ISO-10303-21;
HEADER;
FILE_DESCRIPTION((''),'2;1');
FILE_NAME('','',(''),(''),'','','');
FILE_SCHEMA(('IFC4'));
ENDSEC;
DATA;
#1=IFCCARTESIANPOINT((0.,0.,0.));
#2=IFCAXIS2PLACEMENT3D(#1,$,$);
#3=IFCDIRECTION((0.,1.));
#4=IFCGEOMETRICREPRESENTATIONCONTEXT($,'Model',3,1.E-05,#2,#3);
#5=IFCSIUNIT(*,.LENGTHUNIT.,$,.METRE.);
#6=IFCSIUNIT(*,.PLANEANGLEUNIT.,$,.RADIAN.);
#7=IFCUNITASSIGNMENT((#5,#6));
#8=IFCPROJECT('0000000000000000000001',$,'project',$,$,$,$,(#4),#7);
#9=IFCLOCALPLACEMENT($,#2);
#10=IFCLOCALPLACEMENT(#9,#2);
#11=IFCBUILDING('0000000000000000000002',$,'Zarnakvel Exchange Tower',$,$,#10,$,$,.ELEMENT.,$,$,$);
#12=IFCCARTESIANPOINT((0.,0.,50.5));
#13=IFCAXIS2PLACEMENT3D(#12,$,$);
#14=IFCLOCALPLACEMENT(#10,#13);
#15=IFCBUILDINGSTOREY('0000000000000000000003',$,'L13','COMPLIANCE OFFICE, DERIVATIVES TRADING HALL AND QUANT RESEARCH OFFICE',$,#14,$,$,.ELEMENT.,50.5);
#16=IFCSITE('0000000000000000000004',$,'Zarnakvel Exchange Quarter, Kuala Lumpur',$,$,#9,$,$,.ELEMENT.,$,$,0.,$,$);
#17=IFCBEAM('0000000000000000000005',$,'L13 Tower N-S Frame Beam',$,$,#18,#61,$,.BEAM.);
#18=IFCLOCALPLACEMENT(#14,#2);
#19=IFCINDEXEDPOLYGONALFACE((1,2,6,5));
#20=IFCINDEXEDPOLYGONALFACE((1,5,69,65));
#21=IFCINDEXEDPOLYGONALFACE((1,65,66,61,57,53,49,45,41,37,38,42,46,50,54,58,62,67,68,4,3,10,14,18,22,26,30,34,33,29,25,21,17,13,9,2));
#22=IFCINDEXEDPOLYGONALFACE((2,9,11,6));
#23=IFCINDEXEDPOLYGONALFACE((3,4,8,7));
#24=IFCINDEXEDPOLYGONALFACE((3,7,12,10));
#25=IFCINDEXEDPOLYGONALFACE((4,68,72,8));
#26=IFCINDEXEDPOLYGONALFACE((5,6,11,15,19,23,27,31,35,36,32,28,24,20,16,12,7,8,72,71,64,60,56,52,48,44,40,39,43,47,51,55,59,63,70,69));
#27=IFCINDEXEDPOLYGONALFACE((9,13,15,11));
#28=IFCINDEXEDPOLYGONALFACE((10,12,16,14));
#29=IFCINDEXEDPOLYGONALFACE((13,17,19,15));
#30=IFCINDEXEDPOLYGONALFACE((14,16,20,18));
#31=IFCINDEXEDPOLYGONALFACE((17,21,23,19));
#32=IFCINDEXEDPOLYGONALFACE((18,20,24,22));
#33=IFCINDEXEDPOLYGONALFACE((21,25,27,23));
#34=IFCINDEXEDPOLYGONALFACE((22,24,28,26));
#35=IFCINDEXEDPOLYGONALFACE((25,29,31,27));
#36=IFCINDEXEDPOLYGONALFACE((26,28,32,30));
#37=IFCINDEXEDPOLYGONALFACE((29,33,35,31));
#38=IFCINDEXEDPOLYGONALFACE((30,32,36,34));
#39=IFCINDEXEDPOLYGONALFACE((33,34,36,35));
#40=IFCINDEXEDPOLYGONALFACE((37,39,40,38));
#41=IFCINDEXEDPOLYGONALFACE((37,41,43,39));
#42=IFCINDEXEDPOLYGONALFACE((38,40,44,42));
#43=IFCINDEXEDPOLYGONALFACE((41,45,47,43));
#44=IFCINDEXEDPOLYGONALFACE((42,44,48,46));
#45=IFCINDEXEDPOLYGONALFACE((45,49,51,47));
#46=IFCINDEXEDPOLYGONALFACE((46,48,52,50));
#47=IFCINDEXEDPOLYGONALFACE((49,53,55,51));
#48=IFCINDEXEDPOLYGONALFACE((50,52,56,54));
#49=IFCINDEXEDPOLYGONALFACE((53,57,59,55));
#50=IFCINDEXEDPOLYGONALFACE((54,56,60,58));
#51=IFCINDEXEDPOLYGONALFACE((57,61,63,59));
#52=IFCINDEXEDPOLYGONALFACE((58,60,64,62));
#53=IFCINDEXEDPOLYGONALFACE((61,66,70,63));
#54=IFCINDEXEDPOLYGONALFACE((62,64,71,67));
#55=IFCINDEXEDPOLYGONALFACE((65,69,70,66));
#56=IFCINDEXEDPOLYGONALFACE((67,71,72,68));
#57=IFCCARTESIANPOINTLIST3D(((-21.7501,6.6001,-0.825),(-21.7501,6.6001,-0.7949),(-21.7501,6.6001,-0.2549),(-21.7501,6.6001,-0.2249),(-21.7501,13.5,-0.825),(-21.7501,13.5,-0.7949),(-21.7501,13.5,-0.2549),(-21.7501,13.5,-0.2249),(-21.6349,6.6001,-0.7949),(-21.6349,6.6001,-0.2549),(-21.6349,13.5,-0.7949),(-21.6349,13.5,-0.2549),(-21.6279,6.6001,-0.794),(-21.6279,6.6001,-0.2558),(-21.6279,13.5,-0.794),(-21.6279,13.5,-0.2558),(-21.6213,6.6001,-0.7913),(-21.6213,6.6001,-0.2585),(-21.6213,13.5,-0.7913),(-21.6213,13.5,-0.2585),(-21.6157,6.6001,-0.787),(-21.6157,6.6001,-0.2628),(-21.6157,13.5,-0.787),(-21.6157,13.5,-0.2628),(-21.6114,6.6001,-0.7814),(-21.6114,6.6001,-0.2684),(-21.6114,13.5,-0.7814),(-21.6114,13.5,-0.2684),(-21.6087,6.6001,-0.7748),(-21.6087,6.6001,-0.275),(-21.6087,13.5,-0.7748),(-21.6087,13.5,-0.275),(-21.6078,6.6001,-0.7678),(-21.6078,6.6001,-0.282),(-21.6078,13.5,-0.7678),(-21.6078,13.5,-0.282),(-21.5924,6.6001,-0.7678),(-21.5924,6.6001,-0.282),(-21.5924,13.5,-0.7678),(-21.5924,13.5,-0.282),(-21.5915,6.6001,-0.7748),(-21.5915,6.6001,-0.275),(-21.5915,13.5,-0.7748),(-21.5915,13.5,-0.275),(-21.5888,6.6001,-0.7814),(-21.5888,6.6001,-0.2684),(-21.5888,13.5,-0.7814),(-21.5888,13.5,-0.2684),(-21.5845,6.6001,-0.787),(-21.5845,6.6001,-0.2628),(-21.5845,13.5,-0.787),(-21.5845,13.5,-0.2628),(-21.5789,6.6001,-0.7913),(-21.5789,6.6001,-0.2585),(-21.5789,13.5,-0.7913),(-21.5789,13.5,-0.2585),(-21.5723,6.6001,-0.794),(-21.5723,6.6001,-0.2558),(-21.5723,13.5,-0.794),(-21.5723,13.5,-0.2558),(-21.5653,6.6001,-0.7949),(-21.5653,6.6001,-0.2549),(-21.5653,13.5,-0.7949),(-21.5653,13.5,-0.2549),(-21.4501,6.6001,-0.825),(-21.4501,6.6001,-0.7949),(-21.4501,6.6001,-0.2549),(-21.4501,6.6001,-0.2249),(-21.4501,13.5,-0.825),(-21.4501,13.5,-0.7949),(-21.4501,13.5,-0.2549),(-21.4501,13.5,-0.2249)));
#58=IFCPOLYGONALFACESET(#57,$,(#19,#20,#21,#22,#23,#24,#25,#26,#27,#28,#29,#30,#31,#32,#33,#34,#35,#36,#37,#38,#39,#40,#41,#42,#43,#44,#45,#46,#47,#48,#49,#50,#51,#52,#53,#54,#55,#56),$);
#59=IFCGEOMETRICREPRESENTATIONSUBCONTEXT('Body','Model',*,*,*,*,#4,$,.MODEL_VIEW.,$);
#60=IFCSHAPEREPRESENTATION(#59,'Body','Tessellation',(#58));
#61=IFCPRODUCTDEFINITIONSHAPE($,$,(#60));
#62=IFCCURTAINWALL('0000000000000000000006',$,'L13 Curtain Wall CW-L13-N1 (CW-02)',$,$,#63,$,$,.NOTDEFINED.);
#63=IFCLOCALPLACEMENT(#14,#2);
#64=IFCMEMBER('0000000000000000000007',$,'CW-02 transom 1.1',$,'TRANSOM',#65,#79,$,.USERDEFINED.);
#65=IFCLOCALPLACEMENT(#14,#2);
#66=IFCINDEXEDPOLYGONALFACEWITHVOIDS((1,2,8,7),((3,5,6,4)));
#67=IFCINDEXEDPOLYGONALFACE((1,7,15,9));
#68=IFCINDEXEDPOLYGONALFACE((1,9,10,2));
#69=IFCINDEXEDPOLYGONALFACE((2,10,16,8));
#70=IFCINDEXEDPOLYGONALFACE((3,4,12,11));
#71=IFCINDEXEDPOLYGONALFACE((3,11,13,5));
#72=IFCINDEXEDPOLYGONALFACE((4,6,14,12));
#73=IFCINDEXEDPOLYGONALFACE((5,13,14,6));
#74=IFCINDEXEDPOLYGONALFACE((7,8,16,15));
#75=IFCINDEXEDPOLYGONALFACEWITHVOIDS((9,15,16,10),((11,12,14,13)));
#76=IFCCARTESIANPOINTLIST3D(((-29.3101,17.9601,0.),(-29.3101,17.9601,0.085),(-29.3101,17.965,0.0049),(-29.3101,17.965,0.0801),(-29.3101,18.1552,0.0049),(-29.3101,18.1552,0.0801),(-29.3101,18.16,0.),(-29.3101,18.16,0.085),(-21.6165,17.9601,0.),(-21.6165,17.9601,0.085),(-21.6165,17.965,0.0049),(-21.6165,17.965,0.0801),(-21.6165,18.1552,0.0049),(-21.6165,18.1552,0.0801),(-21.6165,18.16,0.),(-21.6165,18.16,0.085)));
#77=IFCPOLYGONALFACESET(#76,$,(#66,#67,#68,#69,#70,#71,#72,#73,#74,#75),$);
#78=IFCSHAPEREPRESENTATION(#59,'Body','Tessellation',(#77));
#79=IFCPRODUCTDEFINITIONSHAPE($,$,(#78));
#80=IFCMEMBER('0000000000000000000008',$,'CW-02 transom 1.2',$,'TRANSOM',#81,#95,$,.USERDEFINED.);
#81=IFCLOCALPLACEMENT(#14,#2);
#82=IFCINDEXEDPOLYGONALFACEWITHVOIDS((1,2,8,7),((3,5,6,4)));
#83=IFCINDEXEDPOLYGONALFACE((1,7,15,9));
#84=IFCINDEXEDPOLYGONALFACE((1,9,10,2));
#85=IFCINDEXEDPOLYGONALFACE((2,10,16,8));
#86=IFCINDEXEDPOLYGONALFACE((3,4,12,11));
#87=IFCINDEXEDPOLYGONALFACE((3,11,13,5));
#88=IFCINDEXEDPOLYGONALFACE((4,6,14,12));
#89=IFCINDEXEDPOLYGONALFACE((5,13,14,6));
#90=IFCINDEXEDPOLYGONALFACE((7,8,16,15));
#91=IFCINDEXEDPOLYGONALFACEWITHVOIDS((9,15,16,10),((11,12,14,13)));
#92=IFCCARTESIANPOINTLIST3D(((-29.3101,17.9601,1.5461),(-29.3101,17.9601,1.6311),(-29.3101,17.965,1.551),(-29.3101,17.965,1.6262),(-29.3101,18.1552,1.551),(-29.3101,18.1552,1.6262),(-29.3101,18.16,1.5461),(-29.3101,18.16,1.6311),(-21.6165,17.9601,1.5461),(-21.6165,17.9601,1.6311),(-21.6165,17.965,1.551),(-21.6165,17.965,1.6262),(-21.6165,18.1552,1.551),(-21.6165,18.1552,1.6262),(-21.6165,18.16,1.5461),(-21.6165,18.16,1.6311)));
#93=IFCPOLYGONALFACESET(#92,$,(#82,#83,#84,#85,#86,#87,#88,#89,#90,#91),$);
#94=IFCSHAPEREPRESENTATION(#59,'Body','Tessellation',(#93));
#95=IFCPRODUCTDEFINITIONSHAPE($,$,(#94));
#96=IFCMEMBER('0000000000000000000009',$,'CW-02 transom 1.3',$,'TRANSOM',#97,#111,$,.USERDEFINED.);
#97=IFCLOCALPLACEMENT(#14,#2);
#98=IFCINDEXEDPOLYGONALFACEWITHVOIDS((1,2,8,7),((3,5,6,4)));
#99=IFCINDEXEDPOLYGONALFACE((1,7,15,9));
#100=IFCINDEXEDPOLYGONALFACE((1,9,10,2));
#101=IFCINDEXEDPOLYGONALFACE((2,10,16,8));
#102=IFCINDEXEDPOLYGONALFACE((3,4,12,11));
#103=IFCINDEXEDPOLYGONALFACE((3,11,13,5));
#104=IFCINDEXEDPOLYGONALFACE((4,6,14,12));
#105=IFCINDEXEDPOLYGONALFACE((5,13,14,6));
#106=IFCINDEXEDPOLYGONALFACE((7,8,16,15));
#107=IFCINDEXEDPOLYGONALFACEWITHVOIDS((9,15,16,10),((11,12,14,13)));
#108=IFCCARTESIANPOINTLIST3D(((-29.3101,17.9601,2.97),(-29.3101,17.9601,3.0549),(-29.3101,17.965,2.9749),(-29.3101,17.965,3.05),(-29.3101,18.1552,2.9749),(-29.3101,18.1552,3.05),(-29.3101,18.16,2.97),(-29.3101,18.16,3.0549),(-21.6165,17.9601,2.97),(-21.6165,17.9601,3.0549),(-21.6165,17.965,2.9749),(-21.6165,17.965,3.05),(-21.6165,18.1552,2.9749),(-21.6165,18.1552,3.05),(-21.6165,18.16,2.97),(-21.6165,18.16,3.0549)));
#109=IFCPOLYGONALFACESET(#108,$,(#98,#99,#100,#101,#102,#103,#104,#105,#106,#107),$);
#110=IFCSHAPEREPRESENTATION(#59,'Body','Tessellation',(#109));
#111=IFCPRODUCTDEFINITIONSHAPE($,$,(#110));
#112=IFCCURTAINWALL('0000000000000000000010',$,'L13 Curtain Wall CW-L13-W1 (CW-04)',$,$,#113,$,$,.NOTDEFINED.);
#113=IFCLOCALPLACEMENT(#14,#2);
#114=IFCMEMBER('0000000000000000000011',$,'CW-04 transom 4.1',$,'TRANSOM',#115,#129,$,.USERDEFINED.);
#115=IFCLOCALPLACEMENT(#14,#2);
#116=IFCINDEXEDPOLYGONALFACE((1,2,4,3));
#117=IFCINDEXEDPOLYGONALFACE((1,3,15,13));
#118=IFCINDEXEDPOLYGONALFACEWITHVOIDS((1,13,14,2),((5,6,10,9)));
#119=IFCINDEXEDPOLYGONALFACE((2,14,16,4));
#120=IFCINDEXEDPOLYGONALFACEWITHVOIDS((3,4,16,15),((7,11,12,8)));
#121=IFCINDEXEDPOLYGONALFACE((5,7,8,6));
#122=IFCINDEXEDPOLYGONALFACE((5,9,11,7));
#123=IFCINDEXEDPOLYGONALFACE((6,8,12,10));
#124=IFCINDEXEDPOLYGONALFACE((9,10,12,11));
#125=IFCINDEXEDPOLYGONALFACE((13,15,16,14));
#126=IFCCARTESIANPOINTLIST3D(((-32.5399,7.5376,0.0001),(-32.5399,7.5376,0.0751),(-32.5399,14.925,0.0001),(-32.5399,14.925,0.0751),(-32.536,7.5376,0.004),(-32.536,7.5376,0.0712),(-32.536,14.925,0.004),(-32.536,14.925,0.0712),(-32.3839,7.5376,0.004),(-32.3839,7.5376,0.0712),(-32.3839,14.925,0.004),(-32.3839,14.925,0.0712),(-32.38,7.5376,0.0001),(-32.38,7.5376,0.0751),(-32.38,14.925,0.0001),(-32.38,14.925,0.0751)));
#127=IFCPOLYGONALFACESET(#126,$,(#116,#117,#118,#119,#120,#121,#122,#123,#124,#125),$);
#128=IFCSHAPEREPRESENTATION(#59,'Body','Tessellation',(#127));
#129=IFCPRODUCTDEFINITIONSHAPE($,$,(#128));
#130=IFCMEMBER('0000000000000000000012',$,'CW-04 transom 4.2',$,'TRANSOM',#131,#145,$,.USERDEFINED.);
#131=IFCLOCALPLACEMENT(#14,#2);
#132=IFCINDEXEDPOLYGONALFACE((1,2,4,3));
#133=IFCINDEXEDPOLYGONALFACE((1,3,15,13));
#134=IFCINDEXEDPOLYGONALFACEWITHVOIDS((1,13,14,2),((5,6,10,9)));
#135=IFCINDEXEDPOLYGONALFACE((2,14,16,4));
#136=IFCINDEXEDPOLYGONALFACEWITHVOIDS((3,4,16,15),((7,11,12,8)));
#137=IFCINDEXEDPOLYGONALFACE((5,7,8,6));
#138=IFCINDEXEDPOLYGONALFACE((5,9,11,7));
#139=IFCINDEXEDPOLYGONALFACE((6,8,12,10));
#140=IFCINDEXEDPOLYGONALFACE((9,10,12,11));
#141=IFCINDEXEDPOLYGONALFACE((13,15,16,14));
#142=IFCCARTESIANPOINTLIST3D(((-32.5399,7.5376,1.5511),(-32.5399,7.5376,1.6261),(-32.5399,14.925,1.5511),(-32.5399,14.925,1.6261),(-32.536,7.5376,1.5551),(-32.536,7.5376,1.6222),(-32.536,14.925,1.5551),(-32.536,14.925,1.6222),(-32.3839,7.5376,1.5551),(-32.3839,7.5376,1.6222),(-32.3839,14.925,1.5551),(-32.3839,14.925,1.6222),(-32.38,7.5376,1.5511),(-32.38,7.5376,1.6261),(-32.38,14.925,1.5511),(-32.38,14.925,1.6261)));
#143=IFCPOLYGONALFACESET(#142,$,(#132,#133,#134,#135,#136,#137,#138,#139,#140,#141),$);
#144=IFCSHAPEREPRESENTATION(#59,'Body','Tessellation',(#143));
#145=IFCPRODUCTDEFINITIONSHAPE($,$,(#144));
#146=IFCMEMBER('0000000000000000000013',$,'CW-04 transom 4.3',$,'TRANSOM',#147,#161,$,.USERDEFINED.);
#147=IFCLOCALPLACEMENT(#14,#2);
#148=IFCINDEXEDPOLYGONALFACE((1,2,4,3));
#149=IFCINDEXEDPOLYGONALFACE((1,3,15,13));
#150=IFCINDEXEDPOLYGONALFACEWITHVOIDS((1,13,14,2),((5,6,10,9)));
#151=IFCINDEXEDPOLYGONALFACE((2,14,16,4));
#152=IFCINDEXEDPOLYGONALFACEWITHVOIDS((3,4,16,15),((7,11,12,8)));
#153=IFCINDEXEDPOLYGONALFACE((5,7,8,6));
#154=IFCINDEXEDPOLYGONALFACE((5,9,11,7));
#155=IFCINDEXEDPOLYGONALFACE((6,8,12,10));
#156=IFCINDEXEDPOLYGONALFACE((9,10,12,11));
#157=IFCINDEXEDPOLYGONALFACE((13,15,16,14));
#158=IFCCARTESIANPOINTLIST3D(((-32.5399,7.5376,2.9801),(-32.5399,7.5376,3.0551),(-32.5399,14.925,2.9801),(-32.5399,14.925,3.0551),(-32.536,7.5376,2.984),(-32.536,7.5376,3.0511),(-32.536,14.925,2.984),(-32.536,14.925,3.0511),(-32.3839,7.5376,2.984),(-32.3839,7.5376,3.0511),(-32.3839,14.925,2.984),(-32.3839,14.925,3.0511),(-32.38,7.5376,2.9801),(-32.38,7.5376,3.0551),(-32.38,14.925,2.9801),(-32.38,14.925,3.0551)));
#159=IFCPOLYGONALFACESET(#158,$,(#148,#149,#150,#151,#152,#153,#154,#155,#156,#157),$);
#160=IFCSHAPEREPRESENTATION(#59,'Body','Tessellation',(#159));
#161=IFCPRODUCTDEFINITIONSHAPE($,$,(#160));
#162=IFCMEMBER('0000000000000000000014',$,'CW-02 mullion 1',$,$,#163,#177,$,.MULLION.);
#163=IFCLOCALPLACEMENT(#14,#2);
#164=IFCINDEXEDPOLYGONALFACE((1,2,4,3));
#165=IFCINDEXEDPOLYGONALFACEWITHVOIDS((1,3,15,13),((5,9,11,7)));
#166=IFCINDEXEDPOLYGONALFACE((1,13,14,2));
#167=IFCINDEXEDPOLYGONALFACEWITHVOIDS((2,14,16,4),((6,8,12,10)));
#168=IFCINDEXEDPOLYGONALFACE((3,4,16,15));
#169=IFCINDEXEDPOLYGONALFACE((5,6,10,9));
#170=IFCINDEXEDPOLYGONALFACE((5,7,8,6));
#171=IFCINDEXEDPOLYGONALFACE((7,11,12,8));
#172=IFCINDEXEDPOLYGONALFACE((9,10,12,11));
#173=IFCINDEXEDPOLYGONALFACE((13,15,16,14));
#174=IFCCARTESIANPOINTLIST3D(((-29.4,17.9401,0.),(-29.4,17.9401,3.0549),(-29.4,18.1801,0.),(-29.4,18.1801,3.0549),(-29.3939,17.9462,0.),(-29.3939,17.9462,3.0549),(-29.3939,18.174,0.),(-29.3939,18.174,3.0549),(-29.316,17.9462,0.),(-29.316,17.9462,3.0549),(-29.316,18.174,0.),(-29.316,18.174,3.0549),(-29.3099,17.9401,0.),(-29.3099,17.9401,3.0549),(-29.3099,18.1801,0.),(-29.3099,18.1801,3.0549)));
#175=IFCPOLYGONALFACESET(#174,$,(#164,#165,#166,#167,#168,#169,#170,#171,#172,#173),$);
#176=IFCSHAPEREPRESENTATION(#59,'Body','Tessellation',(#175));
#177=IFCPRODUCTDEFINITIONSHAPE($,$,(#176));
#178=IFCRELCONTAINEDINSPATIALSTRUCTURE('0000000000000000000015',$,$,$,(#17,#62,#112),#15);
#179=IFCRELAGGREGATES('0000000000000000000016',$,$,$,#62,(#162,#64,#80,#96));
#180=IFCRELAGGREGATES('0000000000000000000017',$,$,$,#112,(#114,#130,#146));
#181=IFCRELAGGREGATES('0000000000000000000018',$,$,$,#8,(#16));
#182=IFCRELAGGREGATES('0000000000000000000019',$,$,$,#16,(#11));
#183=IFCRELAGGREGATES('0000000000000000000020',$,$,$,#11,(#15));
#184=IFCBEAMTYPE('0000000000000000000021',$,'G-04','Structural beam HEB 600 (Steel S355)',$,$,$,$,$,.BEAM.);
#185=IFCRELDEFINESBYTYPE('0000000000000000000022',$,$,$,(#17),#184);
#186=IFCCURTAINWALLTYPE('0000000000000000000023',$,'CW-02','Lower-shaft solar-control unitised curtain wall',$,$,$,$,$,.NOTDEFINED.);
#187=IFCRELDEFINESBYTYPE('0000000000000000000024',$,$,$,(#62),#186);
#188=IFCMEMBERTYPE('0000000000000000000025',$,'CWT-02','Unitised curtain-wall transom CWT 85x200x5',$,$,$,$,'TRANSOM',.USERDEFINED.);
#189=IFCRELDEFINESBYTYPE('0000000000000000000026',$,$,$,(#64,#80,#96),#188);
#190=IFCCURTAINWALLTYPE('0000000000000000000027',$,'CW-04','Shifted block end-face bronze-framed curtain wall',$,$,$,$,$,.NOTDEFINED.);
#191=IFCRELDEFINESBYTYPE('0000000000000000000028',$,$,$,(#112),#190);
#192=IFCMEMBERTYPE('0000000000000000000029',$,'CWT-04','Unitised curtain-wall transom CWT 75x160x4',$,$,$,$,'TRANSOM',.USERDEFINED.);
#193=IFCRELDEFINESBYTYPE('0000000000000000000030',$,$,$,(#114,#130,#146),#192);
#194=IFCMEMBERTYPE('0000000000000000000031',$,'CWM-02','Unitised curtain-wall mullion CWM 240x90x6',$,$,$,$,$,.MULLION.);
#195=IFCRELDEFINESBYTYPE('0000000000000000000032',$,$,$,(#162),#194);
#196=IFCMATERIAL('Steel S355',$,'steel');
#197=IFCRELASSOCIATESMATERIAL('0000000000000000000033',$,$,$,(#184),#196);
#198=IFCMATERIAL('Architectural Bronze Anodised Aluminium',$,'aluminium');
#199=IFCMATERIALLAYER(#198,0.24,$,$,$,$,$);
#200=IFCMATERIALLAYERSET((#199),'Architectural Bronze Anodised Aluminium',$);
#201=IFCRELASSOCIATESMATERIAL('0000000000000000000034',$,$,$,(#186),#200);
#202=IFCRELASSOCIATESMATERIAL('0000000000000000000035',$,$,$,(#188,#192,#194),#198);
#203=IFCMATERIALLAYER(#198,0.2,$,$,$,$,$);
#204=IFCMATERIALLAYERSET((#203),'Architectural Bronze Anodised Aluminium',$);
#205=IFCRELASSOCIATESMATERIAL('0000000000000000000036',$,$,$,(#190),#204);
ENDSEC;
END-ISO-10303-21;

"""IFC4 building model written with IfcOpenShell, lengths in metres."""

from ifc_helpers import new_model, si_unit, direction, frame, origin, origin_2d, place, context, subcontext, project, spatial, hollow_rectangle, i_section, extrude, source, transform, mapped, material, layer, layer_set, material_profile, profile_set, type_object, element, aggregate, save


model = new_model("IFC4")

# Units and contexts
model_context = context("Model", 3, precision=1e-05, world=origin(), true_north=direction((0.0, 1.0)))
body_context = subcontext(model_context, "Body", "Model", "MODEL_VIEW")
ifc_project = project(units=[si_unit("LENGTHUNIT", "METRE"), si_unit("PLANEANGLEUNIT", "RADIAN")], contexts=[model_context])

# Site, building, storey
site_placement = place(None, origin())
site = spatial("IfcSite", under=ifc_project, at=site_placement, Name="Zarnakvel Exchange Quarter, Kuala Lumpur", CompositionType="ELEMENT", RefElevation=0.0)
building_placement = place(site_placement, origin())
building = spatial("IfcBuilding", under=site, at=building_placement, Name="Zarnakvel Exchange Tower", CompositionType="ELEMENT")
storey_placement = place(building_placement, frame((0.0, 0.0, 50.5)))
storey = spatial("IfcBuildingStorey", under=building, at=storey_placement, Name="L13", Description="COMPLIANCE OFFICE, DERIVATIVES TRADING HALL AND QUANT RESEARCH OFFICE", CompositionType="ELEMENT", Elevation=50.5)

# Shared definitions
ifc_material_1 = material(Name="Steel S355", Category="steel")

# Beam
ifc_material_profile_1 = material_profile(ifc_material_1, i_section(OverallWidth=0.3, OverallDepth=0.6001, WebThickness=0.0154, FlangeThickness=0.03, FilletRadius=0.0271, at=origin_2d()))
ifc_profile_set_1 = profile_set([ifc_material_profile_1], Name="Steel S355")
beam_type = type_object("IfcBeamType", Name="G-04", Description="Structural beam HEB 600 (Steel S355)", PredefinedType="BEAM", material=ifc_profile_set_1)
beam_1_placement = place(storey_placement, frame((-21.6001, 6.6001, -0.5249), z_axis=(0.0, 1.0, 0.0), x_axis=(-1.0, 0.0, 0.0)))
element("IfcBeam", 1, at=beam_1_placement, inside=storey, type_object=beam_type, Name="L13 Tower N-S Frame Beam", PredefinedType="BEAM", context=body_context, shape_type="SweptSolid", body=[
    extrude(i_section(OverallWidth=0.3, OverallDepth=0.6001, WebThickness=0.0154, FlangeThickness=0.03, FilletRadius=0.0271, at=origin_2d()), origin(), (0.0, 0.0, 1.0), 6.8999),
])

# Curtain walls, members
ifc_material_2 = material(Name="Architectural Bronze Anodised Aluminium", Category="aluminium")
ifc_layer_1 = layer(ifc_material_2, 0.24)
ifc_layer_set_1 = layer_set([ifc_layer_1], Name="Architectural Bronze Anodised Aluminium")
curtain_wall_type_1 = type_object("IfcCurtainWallType", Name="CW-02", Description="Lower-shaft solar-control unitised curtain wall", PredefinedType="NOTDEFINED", material=ifc_layer_set_1)
curtain_wall_1_placement = place(storey_placement, origin())
curtain_wall_1 = element("IfcCurtainWall", 2, at=curtain_wall_1_placement, inside=storey, type_object=curtain_wall_type_1, Name="L13 Curtain Wall CW-L13-N1 (CW-02)", PredefinedType="NOTDEFINED")
ifc_material_profile_2 = material_profile(ifc_material_2, hollow_rectangle(XDim=0.2, YDim=0.085, WallThickness=0.0049, at=origin_2d()))
ifc_profile_set_2 = profile_set([ifc_material_profile_2], Name="Architectural Bronze Anodised Aluminium")
member_type_1 = type_object("IfcMemberType", Name="CWT-02", Description="Unitised curtain-wall transom CWT 85x200x5", ElementType="TRANSOM", PredefinedType="USERDEFINED", material=ifc_profile_set_2)
shared_shape_1 = source(origin(), body_context, "Body", "SweptSolid", [
    extrude(hollow_rectangle(XDim=0.2, YDim=0.085, WallThickness=0.0049, at=origin_2d()), origin(), (0.0, 0.0, 1.0), 7.6936),
])
member_1_placement = place(storey_placement, frame((-29.3101, 18.0601, 0.0425), z_axis=(1.0, 0.0, 0.0), x_axis=(0.0, 1.0, 0.0)))
member_1 = element("IfcMember", 3, at=member_1_placement, type_object=member_type_1, Name="CW-02 transom 1.1", ObjectType="TRANSOM", PredefinedType="USERDEFINED", context=body_context, shape_type="MappedRepresentation", body=[
    mapped(shared_shape_1, transform((0.0, 0.0, 0.0), x_axis=(1.0, 0.0, 0.0), y_axis=(0.0, 1.0, 0.0), z_axis=(0.0, 0.0, 1.0), scale=1.0)),
])
member_2_placement = place(storey_placement, frame((-29.3101, 18.0601, 1.5886), z_axis=(1.0, 0.0, 0.0), x_axis=(0.0, 1.0, 0.0)))
member_2 = element("IfcMember", 4, at=member_2_placement, type_object=member_type_1, Name="CW-02 transom 1.2", ObjectType="TRANSOM", PredefinedType="USERDEFINED", context=body_context, shape_type="MappedRepresentation", body=[
    mapped(shared_shape_1, transform((0.0, 0.0, 0.0), x_axis=(1.0, 0.0, 0.0), y_axis=(0.0, 1.0, 0.0), z_axis=(0.0, 0.0, 1.0), scale=1.0)),
])
member_3_placement = place(storey_placement, frame((-29.3101, 18.0601, 3.0125), z_axis=(1.0, 0.0, 0.0), x_axis=(0.0, 1.0, 0.0)))
member_3 = element("IfcMember", 5, at=member_3_placement, type_object=member_type_1, Name="CW-02 transom 1.3", ObjectType="TRANSOM", PredefinedType="USERDEFINED", context=body_context, shape_type="MappedRepresentation", body=[
    mapped(shared_shape_1, transform((0.0, 0.0, 0.0), x_axis=(1.0, 0.0, 0.0), y_axis=(0.0, 1.0, 0.0), z_axis=(0.0, 0.0, 1.0), scale=1.0)),
])
ifc_layer_2 = layer(ifc_material_2, 0.2)
ifc_layer_set_2 = layer_set([ifc_layer_2], Name="Architectural Bronze Anodised Aluminium")
curtain_wall_type_2 = type_object("IfcCurtainWallType", Name="CW-04", Description="Shifted block end-face bronze-framed curtain wall", PredefinedType="NOTDEFINED", material=ifc_layer_set_2)
curtain_wall_2_placement = place(storey_placement, origin())
curtain_wall_2 = element("IfcCurtainWall", 6, at=curtain_wall_2_placement, inside=storey, type_object=curtain_wall_type_2, Name="L13 Curtain Wall CW-L13-W1 (CW-04)", PredefinedType="NOTDEFINED")
ifc_material_profile_3 = material_profile(ifc_material_2, hollow_rectangle(XDim=0.1599, YDim=0.075, WallThickness=0.0039, at=origin_2d()))
ifc_profile_set_3 = profile_set([ifc_material_profile_3], Name="Architectural Bronze Anodised Aluminium")
member_type_2 = type_object("IfcMemberType", Name="CWT-04", Description="Unitised curtain-wall transom CWT 75x160x4", ElementType="TRANSOM", PredefinedType="USERDEFINED", material=ifc_profile_set_3)
shared_shape_2 = source(origin(), body_context, "Body", "SweptSolid", [
    extrude(hollow_rectangle(XDim=0.1599, YDim=0.075, WallThickness=0.0039, at=origin_2d()), origin(), (0.0, 0.0, 1.0), 7.3875),
])
member_4_placement = place(storey_placement, frame((-32.46, 7.5376, 0.0376), z_axis=(0.0, 1.0, 0.0), x_axis=(-1.0, 0.0, 0.0)))
member_4 = element("IfcMember", 7, at=member_4_placement, type_object=member_type_2, Name="CW-04 transom 4.1", ObjectType="TRANSOM", PredefinedType="USERDEFINED", context=body_context, shape_type="MappedRepresentation", body=[
    mapped(shared_shape_2, transform((0.0, 0.0, 0.0), x_axis=(1.0, 0.0, 0.0), y_axis=(0.0, 1.0, 0.0), z_axis=(0.0, 0.0, 1.0), scale=1.0)),
])
member_5_placement = place(storey_placement, frame((-32.46, 7.5376, 1.5886), z_axis=(0.0, 1.0, 0.0), x_axis=(-1.0, 0.0, 0.0)))
member_5 = element("IfcMember", 8, at=member_5_placement, type_object=member_type_2, Name="CW-04 transom 4.2", ObjectType="TRANSOM", PredefinedType="USERDEFINED", context=body_context, shape_type="MappedRepresentation", body=[
    mapped(shared_shape_2, transform((0.0, 0.0, 0.0), x_axis=(1.0, 0.0, 0.0), y_axis=(0.0, 1.0, 0.0), z_axis=(0.0, 0.0, 1.0), scale=1.0)),
])
member_6_placement = place(storey_placement, frame((-32.46, 7.5376, 3.0176), z_axis=(0.0, 1.0, 0.0), x_axis=(-1.0, 0.0, 0.0)))
member_6 = element("IfcMember", 9, at=member_6_placement, type_object=member_type_2, Name="CW-04 transom 4.3", ObjectType="TRANSOM", PredefinedType="USERDEFINED", context=body_context, shape_type="MappedRepresentation", body=[
    mapped(shared_shape_2, transform((0.0, 0.0, 0.0), x_axis=(1.0, 0.0, 0.0), y_axis=(0.0, 1.0, 0.0), z_axis=(0.0, 0.0, 1.0), scale=1.0)),
])

# Member
ifc_material_profile_4 = material_profile(ifc_material_2, hollow_rectangle(XDim=0.24, YDim=0.0901, WallThickness=0.0061, at=origin_2d()))
ifc_profile_set_4 = profile_set([ifc_material_profile_4], Name="Architectural Bronze Anodised Aluminium")
member_type_3 = type_object("IfcMemberType", Name="CWM-02", Description="Unitised curtain-wall mullion CWM 240x90x6", PredefinedType="MULLION", material=ifc_profile_set_4)
shared_shape_3 = source(origin(), body_context, "Body", "SweptSolid", [
    extrude(hollow_rectangle(XDim=0.24, YDim=0.0901, WallThickness=0.0061, at=origin_2d()), origin(), (0.0, 0.0, 1.0), 3.0549),
])
member_7_placement = place(storey_placement, frame((-29.355, 18.0601, 0.0), z_axis=(0.0, 0.0, 1.0), x_axis=(0.0, 1.0, 0.0)))
member_7 = element("IfcMember", 10, at=member_7_placement, type_object=member_type_3, Name="CW-02 mullion 1", PredefinedType="MULLION", context=body_context, shape_type="MappedRepresentation", body=[
    mapped(shared_shape_3, transform((0.0, 0.0, 0.0), x_axis=(1.0, 0.0, 0.0), y_axis=(0.0, 1.0, 0.0), z_axis=(0.0, 0.0, 1.0), scale=1.0)),
])

aggregate(curtain_wall_1, [member_7, member_1, member_2, member_3])
aggregate(curtain_wall_2, [member_4, member_5, member_6])

save(model, "model.ifc")
